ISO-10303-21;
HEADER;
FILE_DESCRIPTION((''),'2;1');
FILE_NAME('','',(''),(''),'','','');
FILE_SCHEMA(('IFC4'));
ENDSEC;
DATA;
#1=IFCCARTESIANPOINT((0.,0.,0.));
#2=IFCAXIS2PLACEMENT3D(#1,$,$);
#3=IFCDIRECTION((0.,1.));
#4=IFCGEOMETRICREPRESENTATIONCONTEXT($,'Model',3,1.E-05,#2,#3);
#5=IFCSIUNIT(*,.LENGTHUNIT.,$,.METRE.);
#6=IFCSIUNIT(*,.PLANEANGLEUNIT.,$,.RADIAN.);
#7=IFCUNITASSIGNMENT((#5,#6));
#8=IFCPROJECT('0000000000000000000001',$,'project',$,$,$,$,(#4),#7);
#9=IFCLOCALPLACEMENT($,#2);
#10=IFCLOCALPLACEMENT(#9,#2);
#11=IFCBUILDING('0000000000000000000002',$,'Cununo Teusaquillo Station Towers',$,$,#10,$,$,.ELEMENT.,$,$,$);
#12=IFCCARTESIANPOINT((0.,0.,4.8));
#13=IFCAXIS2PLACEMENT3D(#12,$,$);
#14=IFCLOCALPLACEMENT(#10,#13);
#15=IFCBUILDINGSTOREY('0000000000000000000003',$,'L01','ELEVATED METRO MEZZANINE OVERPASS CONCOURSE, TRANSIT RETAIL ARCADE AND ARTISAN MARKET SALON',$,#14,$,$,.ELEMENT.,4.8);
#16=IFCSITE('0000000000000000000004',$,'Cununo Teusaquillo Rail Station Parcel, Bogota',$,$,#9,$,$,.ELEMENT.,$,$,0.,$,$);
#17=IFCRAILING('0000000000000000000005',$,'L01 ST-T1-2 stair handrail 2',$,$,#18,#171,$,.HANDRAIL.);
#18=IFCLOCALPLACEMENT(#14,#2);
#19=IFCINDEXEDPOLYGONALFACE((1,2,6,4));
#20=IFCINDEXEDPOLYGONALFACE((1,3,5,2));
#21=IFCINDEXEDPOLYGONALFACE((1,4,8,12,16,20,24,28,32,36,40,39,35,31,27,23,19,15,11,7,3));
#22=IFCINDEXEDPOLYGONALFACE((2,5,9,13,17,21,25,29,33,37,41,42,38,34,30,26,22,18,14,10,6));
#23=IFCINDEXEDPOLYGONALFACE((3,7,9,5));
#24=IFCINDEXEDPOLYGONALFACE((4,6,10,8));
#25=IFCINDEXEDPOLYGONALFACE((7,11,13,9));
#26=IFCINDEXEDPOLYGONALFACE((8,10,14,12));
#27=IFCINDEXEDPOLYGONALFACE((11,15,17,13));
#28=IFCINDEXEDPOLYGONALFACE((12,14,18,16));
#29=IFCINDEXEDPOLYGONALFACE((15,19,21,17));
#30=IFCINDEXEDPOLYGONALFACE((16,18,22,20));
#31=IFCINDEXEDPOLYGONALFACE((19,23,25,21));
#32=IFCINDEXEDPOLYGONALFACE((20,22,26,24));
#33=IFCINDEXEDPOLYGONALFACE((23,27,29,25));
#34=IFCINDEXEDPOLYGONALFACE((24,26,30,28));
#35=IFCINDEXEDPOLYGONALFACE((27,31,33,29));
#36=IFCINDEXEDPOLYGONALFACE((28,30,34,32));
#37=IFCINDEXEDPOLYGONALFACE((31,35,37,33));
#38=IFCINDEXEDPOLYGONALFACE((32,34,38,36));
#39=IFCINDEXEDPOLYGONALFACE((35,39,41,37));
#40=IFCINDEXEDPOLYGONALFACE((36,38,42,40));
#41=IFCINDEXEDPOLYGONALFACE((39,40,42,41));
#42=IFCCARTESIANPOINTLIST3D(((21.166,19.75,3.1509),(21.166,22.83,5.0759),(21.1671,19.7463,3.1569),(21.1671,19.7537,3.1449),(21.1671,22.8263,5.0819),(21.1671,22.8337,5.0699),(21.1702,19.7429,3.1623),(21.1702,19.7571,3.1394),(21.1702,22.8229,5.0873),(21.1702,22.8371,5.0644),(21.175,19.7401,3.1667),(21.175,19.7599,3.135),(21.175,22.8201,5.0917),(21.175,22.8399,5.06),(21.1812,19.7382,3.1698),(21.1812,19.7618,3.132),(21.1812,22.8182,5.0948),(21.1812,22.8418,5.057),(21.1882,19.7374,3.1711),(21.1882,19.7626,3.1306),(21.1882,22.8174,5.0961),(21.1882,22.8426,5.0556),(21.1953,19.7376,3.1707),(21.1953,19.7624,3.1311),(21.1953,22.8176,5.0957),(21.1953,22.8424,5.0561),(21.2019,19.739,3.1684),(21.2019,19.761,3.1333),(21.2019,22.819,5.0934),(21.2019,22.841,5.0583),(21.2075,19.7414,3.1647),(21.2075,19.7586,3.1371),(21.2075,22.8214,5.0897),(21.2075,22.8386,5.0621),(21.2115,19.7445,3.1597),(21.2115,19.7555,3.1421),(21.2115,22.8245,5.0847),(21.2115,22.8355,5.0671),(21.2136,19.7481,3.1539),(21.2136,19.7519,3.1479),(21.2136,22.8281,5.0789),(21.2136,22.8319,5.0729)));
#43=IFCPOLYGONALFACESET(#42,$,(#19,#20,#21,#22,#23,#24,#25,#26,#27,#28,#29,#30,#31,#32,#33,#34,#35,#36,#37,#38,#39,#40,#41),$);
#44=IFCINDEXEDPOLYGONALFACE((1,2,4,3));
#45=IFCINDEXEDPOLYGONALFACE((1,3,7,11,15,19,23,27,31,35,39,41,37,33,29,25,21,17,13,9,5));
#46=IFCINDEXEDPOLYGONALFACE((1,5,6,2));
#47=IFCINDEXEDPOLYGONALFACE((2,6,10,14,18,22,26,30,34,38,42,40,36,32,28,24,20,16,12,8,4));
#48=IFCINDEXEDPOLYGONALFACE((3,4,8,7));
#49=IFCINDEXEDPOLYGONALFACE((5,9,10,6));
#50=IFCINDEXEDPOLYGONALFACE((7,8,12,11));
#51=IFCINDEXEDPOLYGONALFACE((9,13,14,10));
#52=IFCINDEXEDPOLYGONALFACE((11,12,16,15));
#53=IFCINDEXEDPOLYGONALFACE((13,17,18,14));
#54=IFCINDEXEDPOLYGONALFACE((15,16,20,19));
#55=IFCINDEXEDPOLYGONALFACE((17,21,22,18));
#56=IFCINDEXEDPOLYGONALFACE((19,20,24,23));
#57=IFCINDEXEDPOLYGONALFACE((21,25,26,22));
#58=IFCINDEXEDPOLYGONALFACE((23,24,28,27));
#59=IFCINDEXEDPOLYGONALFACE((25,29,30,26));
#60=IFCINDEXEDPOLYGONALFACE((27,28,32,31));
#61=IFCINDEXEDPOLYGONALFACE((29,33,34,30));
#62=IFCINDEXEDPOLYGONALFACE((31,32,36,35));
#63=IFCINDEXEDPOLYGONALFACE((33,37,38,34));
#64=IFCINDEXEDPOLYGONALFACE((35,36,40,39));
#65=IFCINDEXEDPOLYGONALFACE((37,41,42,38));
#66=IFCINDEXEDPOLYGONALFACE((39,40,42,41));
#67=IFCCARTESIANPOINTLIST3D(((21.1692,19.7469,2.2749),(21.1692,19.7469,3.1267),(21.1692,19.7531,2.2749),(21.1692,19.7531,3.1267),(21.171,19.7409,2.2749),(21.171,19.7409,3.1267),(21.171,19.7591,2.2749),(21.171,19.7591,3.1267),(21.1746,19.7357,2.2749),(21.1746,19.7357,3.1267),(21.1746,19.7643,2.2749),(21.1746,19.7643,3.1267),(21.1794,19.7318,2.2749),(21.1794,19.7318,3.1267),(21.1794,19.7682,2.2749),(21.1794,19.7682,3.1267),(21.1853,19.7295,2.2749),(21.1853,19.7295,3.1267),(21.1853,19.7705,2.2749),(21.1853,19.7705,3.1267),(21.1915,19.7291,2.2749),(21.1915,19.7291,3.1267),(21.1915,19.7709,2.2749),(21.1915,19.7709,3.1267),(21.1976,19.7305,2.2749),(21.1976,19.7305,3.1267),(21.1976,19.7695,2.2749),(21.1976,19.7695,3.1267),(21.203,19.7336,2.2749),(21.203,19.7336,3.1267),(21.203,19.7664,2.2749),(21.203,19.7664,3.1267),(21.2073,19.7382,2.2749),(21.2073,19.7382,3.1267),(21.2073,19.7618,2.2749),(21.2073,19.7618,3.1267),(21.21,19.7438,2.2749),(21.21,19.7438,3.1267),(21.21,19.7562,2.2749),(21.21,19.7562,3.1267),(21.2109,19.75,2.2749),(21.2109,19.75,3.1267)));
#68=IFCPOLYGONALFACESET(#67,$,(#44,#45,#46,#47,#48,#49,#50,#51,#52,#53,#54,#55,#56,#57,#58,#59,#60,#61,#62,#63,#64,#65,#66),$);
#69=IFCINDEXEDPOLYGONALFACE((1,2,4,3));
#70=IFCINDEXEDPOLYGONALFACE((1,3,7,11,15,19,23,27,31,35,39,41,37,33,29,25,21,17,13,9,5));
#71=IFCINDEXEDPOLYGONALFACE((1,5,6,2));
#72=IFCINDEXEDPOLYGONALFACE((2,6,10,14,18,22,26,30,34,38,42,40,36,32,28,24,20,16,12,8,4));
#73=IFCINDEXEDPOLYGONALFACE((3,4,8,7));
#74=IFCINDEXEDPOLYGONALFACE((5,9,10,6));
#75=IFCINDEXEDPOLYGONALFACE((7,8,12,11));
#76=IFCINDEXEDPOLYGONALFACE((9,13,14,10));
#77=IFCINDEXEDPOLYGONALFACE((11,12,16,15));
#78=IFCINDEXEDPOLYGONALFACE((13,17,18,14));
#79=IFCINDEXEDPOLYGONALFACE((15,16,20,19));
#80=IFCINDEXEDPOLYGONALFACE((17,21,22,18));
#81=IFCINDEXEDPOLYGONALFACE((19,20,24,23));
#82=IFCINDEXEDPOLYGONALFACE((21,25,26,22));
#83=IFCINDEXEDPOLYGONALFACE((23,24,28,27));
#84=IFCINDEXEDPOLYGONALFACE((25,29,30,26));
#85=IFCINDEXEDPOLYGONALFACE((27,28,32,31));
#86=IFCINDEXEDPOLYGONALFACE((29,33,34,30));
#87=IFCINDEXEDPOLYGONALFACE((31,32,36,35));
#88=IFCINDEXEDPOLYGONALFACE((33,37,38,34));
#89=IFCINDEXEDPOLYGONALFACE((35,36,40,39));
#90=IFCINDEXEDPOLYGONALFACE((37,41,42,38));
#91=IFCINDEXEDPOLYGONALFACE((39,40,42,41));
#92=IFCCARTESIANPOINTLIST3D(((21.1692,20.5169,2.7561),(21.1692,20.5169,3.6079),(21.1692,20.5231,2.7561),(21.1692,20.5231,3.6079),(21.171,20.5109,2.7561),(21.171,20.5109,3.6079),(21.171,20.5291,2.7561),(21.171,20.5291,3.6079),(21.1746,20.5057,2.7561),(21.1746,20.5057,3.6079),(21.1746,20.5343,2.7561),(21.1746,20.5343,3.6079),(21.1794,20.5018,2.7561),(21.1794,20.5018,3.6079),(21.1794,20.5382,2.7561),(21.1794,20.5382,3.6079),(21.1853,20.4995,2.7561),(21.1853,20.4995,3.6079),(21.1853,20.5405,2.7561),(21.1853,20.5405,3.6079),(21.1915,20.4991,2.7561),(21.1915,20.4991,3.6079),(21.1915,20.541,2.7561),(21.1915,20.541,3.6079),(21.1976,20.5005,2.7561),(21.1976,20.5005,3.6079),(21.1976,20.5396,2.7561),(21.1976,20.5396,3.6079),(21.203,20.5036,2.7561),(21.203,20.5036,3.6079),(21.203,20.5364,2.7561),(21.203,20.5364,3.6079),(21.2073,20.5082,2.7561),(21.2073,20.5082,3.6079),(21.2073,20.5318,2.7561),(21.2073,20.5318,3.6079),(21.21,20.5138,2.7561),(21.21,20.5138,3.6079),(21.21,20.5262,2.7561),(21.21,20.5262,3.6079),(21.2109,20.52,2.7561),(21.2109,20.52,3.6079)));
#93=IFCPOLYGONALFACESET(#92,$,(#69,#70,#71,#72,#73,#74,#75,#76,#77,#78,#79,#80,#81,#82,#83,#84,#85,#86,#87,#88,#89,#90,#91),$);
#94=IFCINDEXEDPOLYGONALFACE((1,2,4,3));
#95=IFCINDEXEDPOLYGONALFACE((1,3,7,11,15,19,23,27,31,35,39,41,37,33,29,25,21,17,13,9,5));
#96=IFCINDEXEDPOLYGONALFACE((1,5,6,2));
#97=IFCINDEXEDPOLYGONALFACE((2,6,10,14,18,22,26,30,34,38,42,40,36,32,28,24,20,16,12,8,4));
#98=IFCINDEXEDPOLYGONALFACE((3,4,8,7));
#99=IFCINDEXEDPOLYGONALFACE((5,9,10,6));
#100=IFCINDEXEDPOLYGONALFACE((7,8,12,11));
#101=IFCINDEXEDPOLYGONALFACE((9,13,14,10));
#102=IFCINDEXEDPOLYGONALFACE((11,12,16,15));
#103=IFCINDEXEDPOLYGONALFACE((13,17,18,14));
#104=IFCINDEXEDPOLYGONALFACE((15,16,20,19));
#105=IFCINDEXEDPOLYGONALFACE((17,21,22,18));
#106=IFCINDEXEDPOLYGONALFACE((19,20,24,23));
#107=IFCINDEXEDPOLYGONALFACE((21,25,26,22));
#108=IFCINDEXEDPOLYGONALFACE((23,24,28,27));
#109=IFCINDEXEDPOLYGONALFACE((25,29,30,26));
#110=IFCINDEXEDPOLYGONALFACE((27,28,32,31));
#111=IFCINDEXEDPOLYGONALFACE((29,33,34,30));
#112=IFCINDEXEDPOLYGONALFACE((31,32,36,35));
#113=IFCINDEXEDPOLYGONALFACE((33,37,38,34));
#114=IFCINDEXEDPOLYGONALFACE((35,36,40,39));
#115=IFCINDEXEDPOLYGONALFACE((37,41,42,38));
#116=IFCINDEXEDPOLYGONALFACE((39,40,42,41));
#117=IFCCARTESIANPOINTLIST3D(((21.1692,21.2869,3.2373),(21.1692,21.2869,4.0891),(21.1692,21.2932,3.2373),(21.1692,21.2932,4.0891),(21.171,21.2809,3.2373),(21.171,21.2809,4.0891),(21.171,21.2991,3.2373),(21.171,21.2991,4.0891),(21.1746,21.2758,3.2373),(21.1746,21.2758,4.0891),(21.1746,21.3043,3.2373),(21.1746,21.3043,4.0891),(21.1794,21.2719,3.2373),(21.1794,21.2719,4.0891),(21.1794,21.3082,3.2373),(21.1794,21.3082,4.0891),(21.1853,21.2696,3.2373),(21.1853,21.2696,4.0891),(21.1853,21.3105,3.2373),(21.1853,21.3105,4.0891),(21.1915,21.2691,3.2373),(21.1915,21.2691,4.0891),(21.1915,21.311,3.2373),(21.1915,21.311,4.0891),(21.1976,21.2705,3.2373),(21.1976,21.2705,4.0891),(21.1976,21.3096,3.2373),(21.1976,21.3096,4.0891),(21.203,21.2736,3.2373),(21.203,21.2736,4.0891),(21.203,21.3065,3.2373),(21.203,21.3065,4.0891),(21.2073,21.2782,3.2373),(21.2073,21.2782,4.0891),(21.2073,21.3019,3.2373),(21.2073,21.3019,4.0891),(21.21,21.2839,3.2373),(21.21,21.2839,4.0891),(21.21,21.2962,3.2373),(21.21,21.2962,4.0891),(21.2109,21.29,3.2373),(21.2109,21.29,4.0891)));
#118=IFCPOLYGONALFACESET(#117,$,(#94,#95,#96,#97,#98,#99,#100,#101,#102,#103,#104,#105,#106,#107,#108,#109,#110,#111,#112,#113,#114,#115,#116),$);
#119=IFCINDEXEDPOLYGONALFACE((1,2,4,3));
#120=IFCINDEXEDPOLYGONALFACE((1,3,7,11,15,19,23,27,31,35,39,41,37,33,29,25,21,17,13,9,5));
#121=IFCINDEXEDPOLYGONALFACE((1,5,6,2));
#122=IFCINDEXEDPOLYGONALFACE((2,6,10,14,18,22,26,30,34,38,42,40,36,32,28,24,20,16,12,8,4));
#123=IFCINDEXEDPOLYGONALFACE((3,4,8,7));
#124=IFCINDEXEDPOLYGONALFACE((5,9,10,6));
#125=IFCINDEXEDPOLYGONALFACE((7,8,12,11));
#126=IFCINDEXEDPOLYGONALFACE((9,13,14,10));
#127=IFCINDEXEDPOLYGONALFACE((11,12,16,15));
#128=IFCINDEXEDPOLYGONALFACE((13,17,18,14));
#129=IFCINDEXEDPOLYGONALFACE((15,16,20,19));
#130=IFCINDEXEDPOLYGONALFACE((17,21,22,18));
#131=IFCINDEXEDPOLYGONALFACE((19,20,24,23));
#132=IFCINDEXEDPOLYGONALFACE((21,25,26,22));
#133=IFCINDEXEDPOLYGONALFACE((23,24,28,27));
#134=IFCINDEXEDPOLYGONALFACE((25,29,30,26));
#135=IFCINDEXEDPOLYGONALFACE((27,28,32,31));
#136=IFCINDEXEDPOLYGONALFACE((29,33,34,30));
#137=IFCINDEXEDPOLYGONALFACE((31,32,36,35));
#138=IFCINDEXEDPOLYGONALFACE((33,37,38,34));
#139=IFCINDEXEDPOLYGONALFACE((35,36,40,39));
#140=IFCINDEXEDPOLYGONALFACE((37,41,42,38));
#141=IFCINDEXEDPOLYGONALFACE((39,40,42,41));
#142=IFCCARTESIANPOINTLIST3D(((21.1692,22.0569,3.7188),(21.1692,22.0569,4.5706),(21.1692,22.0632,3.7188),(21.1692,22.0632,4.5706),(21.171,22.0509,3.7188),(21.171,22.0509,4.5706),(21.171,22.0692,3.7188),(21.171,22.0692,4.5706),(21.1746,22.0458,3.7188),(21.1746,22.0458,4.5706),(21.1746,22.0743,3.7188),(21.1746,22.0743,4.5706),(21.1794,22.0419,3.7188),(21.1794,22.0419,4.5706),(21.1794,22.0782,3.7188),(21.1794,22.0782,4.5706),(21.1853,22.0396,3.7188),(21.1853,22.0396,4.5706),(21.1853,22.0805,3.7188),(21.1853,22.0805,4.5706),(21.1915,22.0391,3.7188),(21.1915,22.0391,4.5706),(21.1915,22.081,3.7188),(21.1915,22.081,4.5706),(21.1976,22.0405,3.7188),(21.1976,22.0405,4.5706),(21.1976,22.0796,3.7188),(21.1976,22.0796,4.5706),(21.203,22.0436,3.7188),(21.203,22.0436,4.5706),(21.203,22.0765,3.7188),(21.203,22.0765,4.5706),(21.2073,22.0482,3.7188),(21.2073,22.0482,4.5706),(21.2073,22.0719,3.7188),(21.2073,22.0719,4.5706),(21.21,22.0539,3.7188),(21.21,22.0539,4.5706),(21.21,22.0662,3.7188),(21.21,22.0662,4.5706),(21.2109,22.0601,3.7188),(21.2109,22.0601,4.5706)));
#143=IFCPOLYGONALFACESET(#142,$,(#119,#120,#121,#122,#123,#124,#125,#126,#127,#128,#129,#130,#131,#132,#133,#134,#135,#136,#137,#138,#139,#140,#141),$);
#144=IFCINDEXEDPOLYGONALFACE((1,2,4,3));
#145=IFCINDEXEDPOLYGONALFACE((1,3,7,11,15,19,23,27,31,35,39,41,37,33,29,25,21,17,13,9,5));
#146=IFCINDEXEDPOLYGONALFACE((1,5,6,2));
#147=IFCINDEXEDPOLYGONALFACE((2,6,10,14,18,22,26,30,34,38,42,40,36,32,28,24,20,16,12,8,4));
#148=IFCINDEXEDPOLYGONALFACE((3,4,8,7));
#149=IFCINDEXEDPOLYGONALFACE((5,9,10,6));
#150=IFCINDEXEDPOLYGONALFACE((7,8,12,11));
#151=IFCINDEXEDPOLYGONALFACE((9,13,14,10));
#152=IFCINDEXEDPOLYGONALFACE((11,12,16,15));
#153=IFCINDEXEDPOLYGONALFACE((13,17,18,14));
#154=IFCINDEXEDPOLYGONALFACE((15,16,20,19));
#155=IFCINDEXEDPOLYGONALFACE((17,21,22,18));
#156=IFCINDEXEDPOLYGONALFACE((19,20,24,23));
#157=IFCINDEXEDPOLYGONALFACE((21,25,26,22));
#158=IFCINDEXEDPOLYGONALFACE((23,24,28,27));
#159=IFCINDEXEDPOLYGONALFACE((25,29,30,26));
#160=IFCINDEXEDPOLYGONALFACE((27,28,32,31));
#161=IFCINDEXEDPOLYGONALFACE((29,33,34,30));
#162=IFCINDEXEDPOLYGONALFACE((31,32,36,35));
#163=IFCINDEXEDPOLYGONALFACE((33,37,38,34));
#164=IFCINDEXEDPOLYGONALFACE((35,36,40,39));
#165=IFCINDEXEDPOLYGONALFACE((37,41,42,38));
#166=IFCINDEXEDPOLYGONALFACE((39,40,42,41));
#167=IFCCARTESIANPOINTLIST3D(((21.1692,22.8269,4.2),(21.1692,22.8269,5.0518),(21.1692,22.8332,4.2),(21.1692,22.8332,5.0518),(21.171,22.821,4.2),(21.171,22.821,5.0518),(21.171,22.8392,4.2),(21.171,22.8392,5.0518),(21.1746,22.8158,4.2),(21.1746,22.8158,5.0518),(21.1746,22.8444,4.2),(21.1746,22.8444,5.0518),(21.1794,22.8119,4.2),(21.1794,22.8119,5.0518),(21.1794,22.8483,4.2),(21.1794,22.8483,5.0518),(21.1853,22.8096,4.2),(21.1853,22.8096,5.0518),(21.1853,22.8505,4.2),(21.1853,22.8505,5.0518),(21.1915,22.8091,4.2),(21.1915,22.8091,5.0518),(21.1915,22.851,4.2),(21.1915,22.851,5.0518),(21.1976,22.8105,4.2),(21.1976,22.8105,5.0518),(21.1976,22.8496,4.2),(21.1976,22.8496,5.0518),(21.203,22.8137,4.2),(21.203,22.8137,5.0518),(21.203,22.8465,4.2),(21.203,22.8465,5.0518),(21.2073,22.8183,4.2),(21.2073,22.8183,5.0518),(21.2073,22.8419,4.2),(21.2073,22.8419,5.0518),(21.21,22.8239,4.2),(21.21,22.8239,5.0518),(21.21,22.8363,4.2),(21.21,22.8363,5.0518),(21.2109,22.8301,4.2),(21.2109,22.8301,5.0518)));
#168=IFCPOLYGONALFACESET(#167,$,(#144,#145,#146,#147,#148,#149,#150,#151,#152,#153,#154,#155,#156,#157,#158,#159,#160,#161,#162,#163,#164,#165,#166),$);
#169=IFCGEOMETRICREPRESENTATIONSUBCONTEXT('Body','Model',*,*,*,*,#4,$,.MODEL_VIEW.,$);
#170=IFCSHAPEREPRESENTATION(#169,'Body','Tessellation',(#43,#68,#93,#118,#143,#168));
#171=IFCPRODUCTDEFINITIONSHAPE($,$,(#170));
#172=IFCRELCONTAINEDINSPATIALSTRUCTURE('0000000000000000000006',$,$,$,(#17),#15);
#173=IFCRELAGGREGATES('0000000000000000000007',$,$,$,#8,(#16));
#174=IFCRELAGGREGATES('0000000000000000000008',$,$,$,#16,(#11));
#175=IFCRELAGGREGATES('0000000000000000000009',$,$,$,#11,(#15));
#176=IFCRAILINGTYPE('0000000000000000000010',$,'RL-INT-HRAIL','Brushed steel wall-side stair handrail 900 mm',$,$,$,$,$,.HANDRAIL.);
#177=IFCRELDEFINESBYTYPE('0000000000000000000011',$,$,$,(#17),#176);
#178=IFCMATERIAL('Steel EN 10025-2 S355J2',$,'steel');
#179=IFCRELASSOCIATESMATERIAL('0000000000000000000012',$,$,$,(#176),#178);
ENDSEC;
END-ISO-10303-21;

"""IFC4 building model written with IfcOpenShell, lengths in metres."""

from ifc_helpers import new_model, si_unit, direction, frame, origin, origin_2d, place, context, subcontext, project, spatial, circle, extrude, material, type_object, element, save


model = new_model("IFC4")

# Units and contexts
model_context = context("Model", 3, precision=1e-05, world=origin(), true_north=direction((0.0, 1.0)))
body_context = subcontext(model_context, "Body", "Model", "MODEL_VIEW")
ifc_project = project(units=[si_unit("LENGTHUNIT", "METRE"), si_unit("PLANEANGLEUNIT", "RADIAN")], contexts=[model_context])

# Site, building, storey
site_placement = place(None, origin())
site = spatial("IfcSite", under=ifc_project, at=site_placement, Name="Cununo Teusaquillo Rail Station Parcel, Bogota", CompositionType="ELEMENT", RefElevation=0.0)
building_placement = place(site_placement, origin())
building = spatial("IfcBuilding", under=site, at=building_placement, Name="Cununo Teusaquillo Station Towers", CompositionType="ELEMENT")
storey_placement = place(building_placement, frame((0.0, 0.0, 4.8)))
storey = spatial("IfcBuildingStorey", under=building, at=storey_placement, Name="L01", Description="ELEVATED METRO MEZZANINE OVERPASS CONCOURSE, TRANSIT RETAIL ARCADE AND ARTISAN MARKET SALON", CompositionType="ELEMENT", Elevation=4.8)

# Railing
ifc_material_1 = material(Name="Steel EN 10025-2 S355J2", Category="steel")
railing_type_1 = type_object("IfcRailingType", Name="RL-INT-HRAIL", Description="Brushed steel wall-side stair handrail 900 mm", PredefinedType="HANDRAIL", material=ifc_material_1)
railing_1_placement = place(storey_placement, frame((21.1899, 19.75, 2.2749)))
element("IfcRailing", 1, at=railing_1_placement, inside=storey, type_object=railing_type_1, Name="L01 ST-T1-2 stair handrail 2", PredefinedType="HANDRAIL", context=body_context, shape_type="SweptSolid", body=[
    extrude(circle(Radius=0.0239, at=origin_2d()), frame((0.0, 0.0, 0.876), z_axis=(0.0, 0.847998, 0.529999), x_axis=(-1.0, 0.0, 0.0)), (0.0, 0.0, 1.0), 3.6321),
    extrude(circle(Radius=0.021, at=origin_2d()), origin(), (0.0, 0.0, 1.0), 0.8518),
    extrude(circle(Radius=0.021, at=origin_2d()), frame((0.0, 0.77, 0.4812)), (0.0, 0.0, 1.0), 0.8518),
    extrude(circle(Radius=0.021, at=origin_2d()), frame((0.0, 1.54, 0.9624)), (0.0, 0.0, 1.0), 0.8518),
    extrude(circle(Radius=0.021, at=origin_2d()), frame((0.0, 2.3101, 1.4438)), (0.0, 0.0, 1.0), 0.8518),
    extrude(circle(Radius=0.021, at=origin_2d()), frame((0.0, 3.0801, 1.925)), (0.0, 0.0, 1.0), 0.8518),
])

save(model, "model.ifc")
